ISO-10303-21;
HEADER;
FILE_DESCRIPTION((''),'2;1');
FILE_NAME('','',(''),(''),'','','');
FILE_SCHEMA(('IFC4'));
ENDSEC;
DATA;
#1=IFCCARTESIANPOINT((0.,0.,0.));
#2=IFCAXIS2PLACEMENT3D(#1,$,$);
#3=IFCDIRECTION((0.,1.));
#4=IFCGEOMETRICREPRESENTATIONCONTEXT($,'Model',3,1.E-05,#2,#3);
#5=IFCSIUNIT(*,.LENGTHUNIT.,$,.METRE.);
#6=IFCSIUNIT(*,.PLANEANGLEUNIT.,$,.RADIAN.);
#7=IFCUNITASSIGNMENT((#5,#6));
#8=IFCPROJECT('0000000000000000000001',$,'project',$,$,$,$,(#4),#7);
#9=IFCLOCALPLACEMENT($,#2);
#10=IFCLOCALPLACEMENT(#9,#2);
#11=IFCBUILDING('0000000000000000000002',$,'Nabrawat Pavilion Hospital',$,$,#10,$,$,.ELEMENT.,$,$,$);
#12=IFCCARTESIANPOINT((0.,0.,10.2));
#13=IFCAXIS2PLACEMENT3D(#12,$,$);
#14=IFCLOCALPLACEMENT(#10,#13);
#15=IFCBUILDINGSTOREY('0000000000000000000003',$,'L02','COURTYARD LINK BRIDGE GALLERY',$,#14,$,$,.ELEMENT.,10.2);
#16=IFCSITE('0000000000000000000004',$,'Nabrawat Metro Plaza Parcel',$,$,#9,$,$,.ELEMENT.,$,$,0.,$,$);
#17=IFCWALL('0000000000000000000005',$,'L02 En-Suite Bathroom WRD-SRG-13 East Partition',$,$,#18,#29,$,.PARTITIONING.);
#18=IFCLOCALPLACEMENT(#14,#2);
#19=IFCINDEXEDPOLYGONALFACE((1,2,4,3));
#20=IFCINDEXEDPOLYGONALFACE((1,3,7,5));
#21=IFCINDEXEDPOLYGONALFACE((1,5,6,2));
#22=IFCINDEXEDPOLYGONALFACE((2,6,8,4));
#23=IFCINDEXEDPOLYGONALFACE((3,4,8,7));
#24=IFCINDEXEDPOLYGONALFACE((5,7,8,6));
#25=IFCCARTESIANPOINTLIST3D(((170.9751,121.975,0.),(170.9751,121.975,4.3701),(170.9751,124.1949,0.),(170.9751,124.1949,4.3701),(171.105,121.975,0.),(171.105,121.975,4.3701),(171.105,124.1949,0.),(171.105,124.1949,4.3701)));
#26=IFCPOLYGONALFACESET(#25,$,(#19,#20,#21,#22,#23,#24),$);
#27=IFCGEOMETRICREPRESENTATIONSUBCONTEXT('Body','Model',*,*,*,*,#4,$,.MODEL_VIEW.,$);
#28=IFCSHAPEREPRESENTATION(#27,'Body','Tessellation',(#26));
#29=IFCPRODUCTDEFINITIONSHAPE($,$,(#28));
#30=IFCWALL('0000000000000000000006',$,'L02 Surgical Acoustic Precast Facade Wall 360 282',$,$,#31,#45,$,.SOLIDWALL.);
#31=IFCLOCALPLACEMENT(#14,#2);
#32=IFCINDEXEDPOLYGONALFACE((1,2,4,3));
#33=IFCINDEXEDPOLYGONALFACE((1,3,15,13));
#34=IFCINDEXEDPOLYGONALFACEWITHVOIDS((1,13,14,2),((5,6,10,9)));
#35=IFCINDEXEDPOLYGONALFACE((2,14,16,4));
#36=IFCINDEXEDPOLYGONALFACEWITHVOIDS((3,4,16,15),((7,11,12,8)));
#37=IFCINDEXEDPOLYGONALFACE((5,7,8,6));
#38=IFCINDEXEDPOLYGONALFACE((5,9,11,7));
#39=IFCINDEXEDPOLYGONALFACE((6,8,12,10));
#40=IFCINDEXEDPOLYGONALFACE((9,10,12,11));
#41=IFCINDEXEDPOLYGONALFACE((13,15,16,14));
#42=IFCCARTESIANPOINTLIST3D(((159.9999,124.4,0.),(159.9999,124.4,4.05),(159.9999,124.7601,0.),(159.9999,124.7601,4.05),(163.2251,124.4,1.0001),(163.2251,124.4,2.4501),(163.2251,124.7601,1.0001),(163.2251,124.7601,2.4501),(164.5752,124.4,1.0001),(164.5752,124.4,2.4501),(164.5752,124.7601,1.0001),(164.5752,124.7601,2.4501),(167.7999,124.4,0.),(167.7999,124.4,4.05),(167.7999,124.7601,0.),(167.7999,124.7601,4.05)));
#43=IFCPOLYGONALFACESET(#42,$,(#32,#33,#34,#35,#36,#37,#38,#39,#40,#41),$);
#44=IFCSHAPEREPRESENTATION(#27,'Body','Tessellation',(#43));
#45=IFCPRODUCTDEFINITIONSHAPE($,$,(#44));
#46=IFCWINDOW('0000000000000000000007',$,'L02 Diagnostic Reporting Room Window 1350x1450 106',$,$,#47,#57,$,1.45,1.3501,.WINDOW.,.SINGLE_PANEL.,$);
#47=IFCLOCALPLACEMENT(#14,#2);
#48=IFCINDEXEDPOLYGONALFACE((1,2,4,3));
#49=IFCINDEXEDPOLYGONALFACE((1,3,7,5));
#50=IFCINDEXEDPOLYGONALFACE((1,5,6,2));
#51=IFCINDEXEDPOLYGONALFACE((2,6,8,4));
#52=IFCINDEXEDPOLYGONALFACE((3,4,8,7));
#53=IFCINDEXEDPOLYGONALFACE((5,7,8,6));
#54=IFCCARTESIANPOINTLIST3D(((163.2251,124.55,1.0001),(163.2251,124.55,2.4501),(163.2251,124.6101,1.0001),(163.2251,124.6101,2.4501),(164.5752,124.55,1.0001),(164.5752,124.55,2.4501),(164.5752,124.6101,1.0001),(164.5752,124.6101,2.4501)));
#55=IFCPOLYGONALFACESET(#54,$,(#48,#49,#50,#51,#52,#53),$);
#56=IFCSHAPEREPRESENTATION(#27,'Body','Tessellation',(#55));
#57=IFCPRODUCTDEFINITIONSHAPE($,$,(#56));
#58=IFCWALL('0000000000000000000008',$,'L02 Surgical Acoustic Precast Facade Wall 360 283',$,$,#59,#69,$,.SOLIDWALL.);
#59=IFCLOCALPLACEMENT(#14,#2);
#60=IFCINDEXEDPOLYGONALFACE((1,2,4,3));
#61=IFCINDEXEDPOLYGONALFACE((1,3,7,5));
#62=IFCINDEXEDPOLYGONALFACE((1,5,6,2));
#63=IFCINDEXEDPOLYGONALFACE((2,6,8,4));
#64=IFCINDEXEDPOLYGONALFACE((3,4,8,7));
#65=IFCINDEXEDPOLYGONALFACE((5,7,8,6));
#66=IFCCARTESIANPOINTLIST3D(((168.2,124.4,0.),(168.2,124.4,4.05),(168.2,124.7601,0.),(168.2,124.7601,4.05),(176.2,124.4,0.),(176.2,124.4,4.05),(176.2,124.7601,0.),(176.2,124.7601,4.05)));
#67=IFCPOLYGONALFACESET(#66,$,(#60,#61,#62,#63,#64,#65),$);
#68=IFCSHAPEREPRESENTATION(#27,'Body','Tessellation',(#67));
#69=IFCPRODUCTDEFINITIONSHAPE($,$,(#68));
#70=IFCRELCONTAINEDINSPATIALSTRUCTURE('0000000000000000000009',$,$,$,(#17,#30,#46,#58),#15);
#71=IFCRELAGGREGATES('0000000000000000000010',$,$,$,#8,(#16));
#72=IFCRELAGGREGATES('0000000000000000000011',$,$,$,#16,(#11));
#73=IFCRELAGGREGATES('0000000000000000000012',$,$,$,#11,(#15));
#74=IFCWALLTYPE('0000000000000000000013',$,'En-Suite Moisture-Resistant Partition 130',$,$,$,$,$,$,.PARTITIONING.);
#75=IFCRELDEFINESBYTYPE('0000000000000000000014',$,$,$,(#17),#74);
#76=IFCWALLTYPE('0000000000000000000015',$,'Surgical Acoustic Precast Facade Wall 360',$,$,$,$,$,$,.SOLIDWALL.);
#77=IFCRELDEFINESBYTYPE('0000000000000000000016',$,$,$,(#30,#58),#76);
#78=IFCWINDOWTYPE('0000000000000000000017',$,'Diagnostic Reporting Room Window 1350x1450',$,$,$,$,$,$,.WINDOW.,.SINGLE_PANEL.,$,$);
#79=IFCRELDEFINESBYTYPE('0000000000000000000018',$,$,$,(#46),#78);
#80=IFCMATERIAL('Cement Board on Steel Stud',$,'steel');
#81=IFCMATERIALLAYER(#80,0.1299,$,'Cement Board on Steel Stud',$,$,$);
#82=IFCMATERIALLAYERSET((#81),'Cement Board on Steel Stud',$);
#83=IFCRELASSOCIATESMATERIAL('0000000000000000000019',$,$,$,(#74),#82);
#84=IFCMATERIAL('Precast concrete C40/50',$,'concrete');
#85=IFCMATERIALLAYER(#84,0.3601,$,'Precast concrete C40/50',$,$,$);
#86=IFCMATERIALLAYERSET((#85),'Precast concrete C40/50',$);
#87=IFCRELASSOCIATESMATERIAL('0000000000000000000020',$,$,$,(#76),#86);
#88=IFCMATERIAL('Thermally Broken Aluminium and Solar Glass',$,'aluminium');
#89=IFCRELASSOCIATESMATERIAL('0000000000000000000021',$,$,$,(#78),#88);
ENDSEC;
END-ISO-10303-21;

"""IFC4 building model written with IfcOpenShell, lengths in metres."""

from ifc_helpers import new_model, si_unit, direction, frame, frame_2d, origin, place, context, subcontext, project, spatial, rectangle, extrude, material, layer, layer_set, type_object, element, fill, save


model = new_model("IFC4")

# Units and contexts
model_context = context("Model", 3, precision=1e-05, world=origin(), true_north=direction((0.0, 1.0)))
body_context = subcontext(model_context, "Body", "Model", "MODEL_VIEW")
ifc_project = project(units=[si_unit("LENGTHUNIT", "METRE"), si_unit("PLANEANGLEUNIT", "RADIAN")], contexts=[model_context])

# Site, building, storey
site_placement = place(None, origin())
site = spatial("IfcSite", under=ifc_project, at=site_placement, Name="Nabrawat Metro Plaza Parcel", CompositionType="ELEMENT", RefElevation=0.0)
building_placement = place(site_placement, origin())
building = spatial("IfcBuilding", under=site, at=building_placement, Name="Nabrawat Pavilion Hospital", CompositionType="ELEMENT")
storey_placement = place(building_placement, frame((0.0, 0.0, 10.2)))
storey = spatial("IfcBuildingStorey", under=building, at=storey_placement, Name="L02", Description="COURTYARD LINK BRIDGE GALLERY", CompositionType="ELEMENT", Elevation=10.2)

# Shared definitions
ifc_material_1 = material(Name="Cement Board on Steel Stud", Category="steel")
ifc_layer_1 = layer(ifc_material_1, 0.1299, Name="Cement Board on Steel Stud")
ifc_layer_set_1 = layer_set([ifc_layer_1], Name="Cement Board on Steel Stud")
wall_type_1 = type_object("IfcWallType", Name="En-Suite Moisture-Resistant Partition 130", PredefinedType="PARTITIONING", material=ifc_layer_set_1)

# Wall
wall_1_placement = place(storey_placement, frame((171.04, 121.9751, 0.0), z_axis=(0.0, 0.0, 1.0), x_axis=(0.0, 1.0, 0.0)))
element("IfcWall", 1, at=wall_1_placement, inside=storey, type_object=wall_type_1, Name="L02 En-Suite Bathroom WRD-SRG-13 East Partition", PredefinedType="PARTITIONING", context=body_context, shape_type="SweptSolid", body=[
    extrude(rectangle(XDim=2.22, YDim=0.1299, at=frame_2d((1.1099, 0.0))), origin(), (0.0, 0.0, 1.0), 4.3701),
])

# Wall, opening, window
ifc_material_2 = material(Name="Precast concrete C40/50", Category="concrete")
ifc_layer_2 = layer(ifc_material_2, 0.3601, Name="Precast concrete C40/50")
ifc_layer_set_2 = layer_set([ifc_layer_2], Name="Precast concrete C40/50")
wall_type_2 = type_object("IfcWallType", Name="Surgical Acoustic Precast Facade Wall 360", PredefinedType="SOLIDWALL", material=ifc_layer_set_2)
wall_2_placement = place(storey_placement, frame((160.0, 124.5801, 0.0), z_axis=(0.0, 0.0, 1.0), x_axis=(1.0, 0.0, 0.0)))
wall_2 = element("IfcWall", 2, at=wall_2_placement, inside=storey, type_object=wall_type_2, Name="L02 Surgical Acoustic Precast Facade Wall 360 282", PredefinedType="SOLIDWALL", context=body_context, shape_type="SweptSolid", body=[
    extrude(rectangle(XDim=7.8, YDim=0.3601, at=frame_2d((3.8999, 0.0))), origin(), (0.0, 0.0, 1.0), 4.05),
])
opening_1_placement = place(wall_2_placement, frame((3.2251, 0.0, 1.0)))
opening_1 = element("IfcOpeningElement", 3, at=opening_1_placement, cuts=wall_2, PredefinedType="OPENING", context=body_context, shape_type="SweptSolid", body=[
    extrude(rectangle(XDim=1.3501, YDim=1.45, at=frame_2d((0.675, 0.7251))), frame((0.0, 0.1899, 0.0), z_axis=(0.0, -1.0, 0.0), x_axis=(1.0, 0.0, 0.0)), (0.0, 0.0, 1.0), 0.3801),
])
ifc_material_3 = material(Name="Thermally Broken Aluminium and Solar Glass", Category="aluminium")
window_type = type_object("IfcWindowType", Name="Diagnostic Reporting Room Window 1350x1450", PartitioningType="SINGLE_PANEL", PredefinedType="WINDOW", material=ifc_material_3)
window_placement = place(opening_1_placement, origin())
window = element("IfcWindow", 4, at=window_placement, inside=storey, type_object=window_type, Name="L02 Diagnostic Reporting Room Window 1350x1450 106", OverallHeight=1.45, OverallWidth=1.3501, PartitioningType="SINGLE_PANEL", PredefinedType="WINDOW", context=body_context, shape_type="SweptSolid", body=[
    extrude(rectangle(XDim=1.3501, YDim=1.45, at=frame_2d((0.675, 0.7251))), frame((0.0, 0.03, 0.0), z_axis=(0.0, -1.0, 0.0), x_axis=(1.0, 0.0, 0.0)), (0.0, 0.0, 1.0), 0.0601),
])
fill(opening_1, window)

# Wall
wall_3_placement = place(storey_placement, frame((168.2, 124.5801, 0.0), z_axis=(0.0, 0.0, 1.0), x_axis=(1.0, 0.0, 0.0)))
element("IfcWall", 5, at=wall_3_placement, inside=storey, type_object=wall_type_2, Name="L02 Surgical Acoustic Precast Facade Wall 360 283", PredefinedType="SOLIDWALL", context=body_context, shape_type="SweptSolid", body=[
    extrude(rectangle(XDim=8.0, YDim=0.3601, at=frame_2d((4.0, 0.0))), origin(), (0.0, 0.0, 1.0), 4.05),
])

save(model, "model.ifc")
